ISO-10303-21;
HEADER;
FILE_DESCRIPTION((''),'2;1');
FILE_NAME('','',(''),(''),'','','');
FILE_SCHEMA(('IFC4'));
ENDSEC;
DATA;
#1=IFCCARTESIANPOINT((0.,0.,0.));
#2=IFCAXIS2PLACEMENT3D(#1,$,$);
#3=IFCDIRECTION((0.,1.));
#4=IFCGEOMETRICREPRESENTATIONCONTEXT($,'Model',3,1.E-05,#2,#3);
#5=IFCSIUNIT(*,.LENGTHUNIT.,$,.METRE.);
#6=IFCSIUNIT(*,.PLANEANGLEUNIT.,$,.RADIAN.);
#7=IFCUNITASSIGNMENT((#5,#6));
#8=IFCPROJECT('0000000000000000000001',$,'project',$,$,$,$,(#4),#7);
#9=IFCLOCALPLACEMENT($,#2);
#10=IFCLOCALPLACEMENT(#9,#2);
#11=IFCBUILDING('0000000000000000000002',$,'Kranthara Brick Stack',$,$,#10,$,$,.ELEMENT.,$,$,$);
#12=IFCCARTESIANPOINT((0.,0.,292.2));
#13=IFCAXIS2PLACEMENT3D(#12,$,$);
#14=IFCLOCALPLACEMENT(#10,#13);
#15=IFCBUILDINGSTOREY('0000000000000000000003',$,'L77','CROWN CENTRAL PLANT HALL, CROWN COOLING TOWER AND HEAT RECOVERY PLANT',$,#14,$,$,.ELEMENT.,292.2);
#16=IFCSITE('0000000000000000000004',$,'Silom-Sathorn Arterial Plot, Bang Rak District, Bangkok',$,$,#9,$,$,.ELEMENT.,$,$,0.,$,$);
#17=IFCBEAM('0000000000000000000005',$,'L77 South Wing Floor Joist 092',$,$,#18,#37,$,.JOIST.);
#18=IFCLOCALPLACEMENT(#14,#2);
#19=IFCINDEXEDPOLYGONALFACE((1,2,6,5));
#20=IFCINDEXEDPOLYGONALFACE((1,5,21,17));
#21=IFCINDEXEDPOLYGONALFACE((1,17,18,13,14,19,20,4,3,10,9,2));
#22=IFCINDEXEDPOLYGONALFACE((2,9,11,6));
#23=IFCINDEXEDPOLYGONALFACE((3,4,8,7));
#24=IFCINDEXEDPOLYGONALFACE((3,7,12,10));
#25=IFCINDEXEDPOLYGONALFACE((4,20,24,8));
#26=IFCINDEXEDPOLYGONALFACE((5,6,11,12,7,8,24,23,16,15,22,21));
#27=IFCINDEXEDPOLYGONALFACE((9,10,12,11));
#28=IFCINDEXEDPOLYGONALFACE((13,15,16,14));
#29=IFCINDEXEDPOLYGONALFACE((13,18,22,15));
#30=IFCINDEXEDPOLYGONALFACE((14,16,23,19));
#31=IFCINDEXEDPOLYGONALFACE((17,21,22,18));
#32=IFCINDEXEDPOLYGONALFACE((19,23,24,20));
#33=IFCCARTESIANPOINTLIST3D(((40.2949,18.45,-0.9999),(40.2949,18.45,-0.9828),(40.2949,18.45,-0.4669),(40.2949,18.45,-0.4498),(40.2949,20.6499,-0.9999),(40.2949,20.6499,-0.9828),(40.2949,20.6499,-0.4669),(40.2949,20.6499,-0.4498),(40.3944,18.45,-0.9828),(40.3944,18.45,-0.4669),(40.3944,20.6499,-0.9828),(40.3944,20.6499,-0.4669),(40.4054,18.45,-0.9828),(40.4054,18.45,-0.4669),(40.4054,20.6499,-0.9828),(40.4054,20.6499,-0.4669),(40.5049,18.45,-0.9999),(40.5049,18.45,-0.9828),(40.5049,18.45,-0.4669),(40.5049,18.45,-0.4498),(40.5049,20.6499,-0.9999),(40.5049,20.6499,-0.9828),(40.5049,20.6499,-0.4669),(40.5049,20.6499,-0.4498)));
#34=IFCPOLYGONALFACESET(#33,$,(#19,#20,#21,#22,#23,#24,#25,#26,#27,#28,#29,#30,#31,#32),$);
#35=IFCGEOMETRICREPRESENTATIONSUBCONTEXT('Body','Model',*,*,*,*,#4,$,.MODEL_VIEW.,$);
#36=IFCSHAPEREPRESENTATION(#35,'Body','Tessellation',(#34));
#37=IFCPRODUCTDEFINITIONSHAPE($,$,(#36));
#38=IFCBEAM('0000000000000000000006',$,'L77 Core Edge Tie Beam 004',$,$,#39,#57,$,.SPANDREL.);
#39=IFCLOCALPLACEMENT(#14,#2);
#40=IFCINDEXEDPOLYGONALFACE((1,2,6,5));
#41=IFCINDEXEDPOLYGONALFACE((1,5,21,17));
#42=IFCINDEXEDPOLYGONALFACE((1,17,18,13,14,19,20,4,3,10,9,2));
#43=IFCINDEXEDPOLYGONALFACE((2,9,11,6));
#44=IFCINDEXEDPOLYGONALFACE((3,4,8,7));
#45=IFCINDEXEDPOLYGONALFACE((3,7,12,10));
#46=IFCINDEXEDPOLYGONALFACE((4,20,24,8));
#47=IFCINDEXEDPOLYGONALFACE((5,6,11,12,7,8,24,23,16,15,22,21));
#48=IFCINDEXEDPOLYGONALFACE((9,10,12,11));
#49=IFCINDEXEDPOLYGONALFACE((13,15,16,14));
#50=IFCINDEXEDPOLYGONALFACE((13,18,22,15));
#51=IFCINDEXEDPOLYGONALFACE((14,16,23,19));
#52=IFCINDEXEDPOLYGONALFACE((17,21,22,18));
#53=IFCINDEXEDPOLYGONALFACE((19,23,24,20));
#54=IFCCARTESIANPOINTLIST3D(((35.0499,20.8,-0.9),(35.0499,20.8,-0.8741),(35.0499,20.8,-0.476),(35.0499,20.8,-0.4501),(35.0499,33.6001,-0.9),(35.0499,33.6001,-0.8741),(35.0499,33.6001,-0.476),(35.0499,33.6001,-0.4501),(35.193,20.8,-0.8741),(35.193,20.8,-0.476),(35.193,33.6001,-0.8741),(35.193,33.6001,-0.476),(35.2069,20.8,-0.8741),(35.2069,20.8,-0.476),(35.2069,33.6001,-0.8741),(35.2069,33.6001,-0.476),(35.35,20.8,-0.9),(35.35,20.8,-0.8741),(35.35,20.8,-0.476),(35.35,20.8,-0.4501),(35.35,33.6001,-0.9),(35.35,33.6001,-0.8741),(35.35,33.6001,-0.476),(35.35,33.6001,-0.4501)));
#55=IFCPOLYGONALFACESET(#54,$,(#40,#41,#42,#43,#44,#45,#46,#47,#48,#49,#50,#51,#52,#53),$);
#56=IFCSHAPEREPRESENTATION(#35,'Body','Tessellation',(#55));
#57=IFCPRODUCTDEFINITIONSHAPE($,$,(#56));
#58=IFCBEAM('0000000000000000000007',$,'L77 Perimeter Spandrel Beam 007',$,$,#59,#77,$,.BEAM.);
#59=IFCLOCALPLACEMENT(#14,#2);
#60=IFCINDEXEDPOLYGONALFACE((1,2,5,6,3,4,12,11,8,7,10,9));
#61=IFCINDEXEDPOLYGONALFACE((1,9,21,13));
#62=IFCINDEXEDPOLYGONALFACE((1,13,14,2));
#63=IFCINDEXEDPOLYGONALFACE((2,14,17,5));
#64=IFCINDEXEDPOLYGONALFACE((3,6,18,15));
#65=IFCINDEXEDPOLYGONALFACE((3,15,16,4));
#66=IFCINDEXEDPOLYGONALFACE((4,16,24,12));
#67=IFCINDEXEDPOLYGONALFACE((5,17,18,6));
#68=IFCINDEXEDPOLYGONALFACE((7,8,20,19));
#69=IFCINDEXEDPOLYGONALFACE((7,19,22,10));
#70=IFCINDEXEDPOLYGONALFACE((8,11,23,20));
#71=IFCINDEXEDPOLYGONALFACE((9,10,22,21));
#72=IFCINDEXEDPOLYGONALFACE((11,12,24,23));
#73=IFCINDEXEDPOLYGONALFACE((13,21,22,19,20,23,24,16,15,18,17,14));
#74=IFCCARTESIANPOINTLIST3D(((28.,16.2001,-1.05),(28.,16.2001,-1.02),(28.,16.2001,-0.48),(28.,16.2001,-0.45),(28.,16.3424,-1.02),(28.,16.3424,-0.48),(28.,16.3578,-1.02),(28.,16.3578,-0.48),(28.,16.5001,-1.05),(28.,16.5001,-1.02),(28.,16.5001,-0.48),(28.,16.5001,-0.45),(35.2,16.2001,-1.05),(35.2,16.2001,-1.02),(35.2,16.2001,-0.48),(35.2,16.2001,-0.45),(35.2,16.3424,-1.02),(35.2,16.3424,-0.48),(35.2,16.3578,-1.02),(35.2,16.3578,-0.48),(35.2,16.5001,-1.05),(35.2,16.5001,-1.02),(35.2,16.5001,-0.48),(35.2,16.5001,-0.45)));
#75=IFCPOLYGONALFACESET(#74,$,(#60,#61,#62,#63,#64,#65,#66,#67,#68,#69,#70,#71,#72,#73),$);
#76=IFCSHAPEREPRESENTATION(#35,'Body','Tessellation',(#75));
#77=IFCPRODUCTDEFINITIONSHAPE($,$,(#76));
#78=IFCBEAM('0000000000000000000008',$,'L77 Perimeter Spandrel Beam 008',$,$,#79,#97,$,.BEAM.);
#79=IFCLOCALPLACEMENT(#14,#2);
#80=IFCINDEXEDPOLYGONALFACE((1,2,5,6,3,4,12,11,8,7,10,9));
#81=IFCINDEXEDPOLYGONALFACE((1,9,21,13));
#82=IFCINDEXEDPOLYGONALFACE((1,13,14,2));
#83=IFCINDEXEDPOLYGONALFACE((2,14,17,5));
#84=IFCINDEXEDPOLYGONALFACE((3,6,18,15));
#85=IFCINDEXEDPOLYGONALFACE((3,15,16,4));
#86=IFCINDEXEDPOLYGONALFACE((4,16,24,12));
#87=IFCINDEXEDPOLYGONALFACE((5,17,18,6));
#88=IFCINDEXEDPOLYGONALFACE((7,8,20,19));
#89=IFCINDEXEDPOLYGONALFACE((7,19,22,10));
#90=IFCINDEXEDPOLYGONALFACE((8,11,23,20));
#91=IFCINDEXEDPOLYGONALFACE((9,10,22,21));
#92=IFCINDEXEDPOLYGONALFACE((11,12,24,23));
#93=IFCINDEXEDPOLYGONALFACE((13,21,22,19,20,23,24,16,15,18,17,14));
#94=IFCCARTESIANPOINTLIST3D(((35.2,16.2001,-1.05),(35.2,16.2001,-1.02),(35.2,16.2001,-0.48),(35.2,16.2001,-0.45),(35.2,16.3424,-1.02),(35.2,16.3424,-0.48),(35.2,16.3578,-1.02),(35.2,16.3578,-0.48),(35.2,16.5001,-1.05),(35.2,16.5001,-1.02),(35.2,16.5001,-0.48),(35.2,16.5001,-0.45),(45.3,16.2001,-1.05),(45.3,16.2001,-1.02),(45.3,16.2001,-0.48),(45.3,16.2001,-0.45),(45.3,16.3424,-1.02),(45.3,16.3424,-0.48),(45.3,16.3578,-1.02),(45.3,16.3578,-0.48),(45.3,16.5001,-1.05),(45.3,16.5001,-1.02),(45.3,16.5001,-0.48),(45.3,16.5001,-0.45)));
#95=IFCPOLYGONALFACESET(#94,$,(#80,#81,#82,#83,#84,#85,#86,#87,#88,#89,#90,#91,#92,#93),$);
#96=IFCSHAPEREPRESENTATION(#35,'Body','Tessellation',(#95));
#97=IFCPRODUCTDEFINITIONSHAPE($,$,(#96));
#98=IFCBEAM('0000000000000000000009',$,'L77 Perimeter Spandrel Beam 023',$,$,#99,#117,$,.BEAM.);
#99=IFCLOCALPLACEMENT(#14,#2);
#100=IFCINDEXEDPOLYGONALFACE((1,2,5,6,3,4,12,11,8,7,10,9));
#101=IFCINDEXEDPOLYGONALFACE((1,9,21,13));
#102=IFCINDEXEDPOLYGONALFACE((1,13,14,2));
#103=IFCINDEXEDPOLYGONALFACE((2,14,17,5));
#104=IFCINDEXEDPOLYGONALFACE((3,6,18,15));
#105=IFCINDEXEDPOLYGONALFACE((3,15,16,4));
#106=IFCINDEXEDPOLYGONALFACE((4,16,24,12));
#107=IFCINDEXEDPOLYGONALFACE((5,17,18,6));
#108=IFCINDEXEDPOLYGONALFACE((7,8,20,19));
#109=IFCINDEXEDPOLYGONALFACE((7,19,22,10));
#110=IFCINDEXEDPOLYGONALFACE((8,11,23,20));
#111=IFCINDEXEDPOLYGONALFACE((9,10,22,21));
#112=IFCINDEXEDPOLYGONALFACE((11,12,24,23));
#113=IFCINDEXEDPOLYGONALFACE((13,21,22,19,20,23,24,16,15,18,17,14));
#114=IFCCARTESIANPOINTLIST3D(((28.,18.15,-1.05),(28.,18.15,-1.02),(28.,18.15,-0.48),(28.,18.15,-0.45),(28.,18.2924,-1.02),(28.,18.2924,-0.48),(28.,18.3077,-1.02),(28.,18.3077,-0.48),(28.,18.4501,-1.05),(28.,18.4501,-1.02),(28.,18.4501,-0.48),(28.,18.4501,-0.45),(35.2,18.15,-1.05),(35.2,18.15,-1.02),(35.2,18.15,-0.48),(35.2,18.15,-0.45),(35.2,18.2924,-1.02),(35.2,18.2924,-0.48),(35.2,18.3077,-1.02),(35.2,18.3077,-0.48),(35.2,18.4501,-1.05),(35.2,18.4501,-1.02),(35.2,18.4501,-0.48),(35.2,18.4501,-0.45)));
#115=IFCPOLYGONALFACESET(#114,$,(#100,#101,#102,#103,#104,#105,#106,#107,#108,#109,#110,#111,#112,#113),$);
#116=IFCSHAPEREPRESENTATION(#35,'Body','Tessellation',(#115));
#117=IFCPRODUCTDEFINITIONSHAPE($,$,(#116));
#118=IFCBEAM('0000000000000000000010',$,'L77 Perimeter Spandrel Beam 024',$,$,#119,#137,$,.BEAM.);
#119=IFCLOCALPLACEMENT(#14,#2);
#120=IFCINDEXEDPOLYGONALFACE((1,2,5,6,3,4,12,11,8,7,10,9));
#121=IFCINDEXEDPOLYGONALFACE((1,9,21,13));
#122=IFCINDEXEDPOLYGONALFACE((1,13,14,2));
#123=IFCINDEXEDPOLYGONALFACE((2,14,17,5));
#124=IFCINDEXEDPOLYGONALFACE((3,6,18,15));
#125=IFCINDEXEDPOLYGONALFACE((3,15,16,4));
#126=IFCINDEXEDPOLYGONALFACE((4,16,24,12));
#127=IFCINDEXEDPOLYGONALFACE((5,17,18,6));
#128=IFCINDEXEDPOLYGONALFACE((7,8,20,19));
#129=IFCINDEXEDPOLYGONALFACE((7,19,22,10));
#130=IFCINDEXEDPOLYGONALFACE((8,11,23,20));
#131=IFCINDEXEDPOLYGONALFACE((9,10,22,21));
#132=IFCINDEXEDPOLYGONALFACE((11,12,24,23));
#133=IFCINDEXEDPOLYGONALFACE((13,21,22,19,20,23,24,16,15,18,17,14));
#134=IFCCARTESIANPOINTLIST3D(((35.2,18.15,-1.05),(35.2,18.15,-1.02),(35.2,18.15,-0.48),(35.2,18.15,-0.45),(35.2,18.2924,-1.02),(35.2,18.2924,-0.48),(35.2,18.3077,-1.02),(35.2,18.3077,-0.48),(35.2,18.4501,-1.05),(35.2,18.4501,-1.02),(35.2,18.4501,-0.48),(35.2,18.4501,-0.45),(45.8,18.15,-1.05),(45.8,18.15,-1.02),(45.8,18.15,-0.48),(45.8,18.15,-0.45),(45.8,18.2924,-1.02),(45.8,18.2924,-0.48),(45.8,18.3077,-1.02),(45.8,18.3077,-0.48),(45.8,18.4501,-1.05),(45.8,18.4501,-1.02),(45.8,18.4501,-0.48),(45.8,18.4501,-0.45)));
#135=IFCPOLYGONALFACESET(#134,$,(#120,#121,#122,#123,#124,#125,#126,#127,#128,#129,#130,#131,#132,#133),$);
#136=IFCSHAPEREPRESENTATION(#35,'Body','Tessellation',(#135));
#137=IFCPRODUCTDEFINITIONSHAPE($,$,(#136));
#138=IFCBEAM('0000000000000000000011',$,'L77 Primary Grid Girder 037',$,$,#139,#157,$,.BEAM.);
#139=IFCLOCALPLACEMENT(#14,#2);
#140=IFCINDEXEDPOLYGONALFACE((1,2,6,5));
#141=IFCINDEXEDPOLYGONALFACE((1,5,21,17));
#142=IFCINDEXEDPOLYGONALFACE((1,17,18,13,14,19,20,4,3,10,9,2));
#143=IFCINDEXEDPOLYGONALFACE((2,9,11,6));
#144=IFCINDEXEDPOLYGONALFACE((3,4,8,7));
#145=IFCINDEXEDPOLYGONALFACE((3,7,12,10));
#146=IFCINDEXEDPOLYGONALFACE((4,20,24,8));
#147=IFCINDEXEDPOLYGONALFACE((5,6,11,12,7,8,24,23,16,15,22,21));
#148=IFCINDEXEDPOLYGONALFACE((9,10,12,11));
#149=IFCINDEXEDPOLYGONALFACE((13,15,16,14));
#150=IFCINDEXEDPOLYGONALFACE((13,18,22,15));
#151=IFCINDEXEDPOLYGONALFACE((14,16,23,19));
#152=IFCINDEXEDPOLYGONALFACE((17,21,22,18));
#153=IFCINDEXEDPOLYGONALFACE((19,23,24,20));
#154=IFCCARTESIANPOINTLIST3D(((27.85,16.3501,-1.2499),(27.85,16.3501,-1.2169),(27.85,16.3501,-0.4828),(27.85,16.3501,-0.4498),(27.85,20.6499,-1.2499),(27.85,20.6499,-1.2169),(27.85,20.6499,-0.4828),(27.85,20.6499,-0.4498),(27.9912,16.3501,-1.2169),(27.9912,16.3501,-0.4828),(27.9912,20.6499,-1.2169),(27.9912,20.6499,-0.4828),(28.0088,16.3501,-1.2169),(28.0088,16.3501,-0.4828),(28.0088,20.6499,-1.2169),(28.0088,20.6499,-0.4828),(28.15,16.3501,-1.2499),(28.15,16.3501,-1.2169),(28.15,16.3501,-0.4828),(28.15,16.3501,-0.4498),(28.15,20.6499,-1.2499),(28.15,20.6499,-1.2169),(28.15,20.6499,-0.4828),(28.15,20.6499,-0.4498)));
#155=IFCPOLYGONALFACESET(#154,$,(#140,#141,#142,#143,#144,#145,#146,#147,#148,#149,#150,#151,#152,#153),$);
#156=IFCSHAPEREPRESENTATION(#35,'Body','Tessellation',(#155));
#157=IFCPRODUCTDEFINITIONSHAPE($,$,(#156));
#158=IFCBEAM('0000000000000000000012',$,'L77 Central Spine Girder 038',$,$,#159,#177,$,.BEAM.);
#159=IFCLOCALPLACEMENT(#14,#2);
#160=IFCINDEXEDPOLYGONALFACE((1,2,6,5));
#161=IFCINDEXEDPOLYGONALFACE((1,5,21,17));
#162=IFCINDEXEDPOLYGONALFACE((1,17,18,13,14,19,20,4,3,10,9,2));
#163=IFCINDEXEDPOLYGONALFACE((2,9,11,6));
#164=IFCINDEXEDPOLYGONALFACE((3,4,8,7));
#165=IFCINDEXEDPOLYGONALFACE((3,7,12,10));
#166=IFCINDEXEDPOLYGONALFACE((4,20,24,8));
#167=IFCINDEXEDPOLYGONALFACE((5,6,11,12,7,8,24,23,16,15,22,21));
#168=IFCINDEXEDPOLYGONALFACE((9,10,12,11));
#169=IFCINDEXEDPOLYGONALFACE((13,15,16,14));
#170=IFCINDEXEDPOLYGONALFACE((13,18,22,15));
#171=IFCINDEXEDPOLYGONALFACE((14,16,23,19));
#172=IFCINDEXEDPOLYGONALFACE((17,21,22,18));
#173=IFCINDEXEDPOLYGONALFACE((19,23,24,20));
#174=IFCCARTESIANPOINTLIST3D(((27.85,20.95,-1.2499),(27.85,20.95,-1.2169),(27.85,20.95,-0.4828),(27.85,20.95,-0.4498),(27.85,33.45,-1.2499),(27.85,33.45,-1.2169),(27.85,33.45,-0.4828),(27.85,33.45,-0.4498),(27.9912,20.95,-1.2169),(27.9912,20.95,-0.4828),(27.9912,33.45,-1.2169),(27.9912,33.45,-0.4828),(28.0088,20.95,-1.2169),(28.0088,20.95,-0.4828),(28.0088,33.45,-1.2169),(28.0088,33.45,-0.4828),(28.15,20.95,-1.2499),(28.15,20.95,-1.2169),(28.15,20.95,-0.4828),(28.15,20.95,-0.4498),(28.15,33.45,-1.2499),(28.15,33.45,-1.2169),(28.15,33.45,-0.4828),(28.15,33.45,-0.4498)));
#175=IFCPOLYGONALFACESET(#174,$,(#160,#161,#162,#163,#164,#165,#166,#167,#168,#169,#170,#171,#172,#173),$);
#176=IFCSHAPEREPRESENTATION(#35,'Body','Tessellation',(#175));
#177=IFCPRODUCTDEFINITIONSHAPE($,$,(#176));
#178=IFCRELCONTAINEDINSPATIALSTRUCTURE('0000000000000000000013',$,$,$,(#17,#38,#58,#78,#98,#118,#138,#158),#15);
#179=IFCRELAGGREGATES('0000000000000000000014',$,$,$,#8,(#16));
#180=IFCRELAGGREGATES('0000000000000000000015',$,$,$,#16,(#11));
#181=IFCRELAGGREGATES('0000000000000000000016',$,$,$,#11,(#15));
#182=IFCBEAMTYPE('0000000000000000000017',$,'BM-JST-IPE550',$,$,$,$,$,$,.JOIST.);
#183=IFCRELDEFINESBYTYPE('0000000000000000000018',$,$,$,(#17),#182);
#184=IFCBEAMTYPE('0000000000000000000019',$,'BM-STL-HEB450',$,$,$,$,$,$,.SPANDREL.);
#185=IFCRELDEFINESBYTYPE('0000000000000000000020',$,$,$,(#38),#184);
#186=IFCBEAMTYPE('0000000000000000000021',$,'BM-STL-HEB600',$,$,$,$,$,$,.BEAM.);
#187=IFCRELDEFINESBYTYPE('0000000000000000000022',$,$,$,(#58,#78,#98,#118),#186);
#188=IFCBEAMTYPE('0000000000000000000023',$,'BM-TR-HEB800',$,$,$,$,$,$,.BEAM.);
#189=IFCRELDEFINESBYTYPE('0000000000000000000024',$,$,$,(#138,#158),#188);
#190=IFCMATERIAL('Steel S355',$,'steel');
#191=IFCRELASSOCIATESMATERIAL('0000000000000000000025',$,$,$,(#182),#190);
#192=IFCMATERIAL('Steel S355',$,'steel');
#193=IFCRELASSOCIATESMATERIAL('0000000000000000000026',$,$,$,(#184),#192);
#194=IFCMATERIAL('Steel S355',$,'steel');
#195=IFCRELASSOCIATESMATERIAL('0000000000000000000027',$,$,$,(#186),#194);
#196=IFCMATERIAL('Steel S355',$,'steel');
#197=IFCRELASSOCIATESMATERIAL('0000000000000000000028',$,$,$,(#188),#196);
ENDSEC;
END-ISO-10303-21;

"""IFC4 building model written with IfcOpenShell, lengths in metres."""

from ifc_helpers import new_model, si_unit, direction, frame, origin, origin_2d, place, context, subcontext, project, spatial, i_section, extrude, material, material_profile, profile_set, type_object, element, save


model = new_model("IFC4")

# Units and contexts
model_context = context("Model", 3, precision=1e-05, world=origin(), true_north=direction((0.0, 1.0)))
body_context = subcontext(model_context, "Body", "Model", "MODEL_VIEW")
ifc_project = project(units=[si_unit("LENGTHUNIT", "METRE"), si_unit("PLANEANGLEUNIT", "RADIAN")], contexts=[model_context])

# Site, building, storey
site_placement = place(None, origin())
site = spatial("IfcSite", under=ifc_project, at=site_placement, Name="Silom-Sathorn Arterial Plot, Bang Rak District, Bangkok", CompositionType="ELEMENT", RefElevation=0.0)
building_placement = place(site_placement, origin())
building = spatial("IfcBuilding", under=site, at=building_placement, Name="Kranthara Brick Stack", CompositionType="ELEMENT")
storey_placement = place(building_placement, frame((0.0, 0.0, 292.2)))
storey = spatial("IfcBuildingStorey", under=building, at=storey_placement, Name="L77", Description="CROWN CENTRAL PLANT HALL, CROWN COOLING TOWER AND HEAT RECOVERY PLANT", CompositionType="ELEMENT", Elevation=292.2)

# Beams
ifc_material_1 = material(Name="Steel S355", Category="steel")
ifc_material_profile_1 = material_profile(ifc_material_1, i_section(OverallWidth=0.21, OverallDepth=0.55, WebThickness=0.011, FlangeThickness=0.0171, at=origin_2d()), Name="IPE 550")
ifc_profile_set_1 = profile_set([ifc_material_profile_1], Name="Steel S355")
beam_type_1 = type_object("IfcBeamType", Name="BM-JST-IPE550", PredefinedType="JOIST", material=ifc_profile_set_1)
for number, where, z_axis, x_axis, name in (
    (1, (40.3999, 18.45, -0.7249), (0.0, 1.0, 0.0), (-1.0, 0.0, 0.0), "L77 South Wing Floor Joist 092"),
):
    element("IfcBeam", number, at=place(storey_placement, frame(where, z_axis=z_axis, x_axis=x_axis)), inside=storey, type_object=beam_type_1, Name=name, PredefinedType="JOIST", context=body_context, shape_type="SweptSolid", body=[
        extrude(i_section(OverallWidth=0.21, OverallDepth=0.55, WebThickness=0.011, FlangeThickness=0.0171, at=origin_2d()), origin(), (0.0, 0.0, 1.0), 2.2),
    ])
ifc_material_2 = material(Name="Steel S355", Category="steel")
ifc_material_profile_2 = material_profile(ifc_material_2, i_section(OverallWidth=0.3, OverallDepth=0.45, WebThickness=0.0139, FlangeThickness=0.0259, at=origin_2d()), Name="HEB 450")
ifc_profile_set_2 = profile_set([ifc_material_profile_2], Name="Steel S355")
beam_type_2 = type_object("IfcBeamType", Name="BM-STL-HEB450", PredefinedType="SPANDREL", material=ifc_profile_set_2)
beam_1_placement = place(storey_placement, frame((35.2, 20.8, -0.675), z_axis=(0.0, 1.0, 0.0), x_axis=(-1.0, 0.0, 0.0)))
element("IfcBeam", 2, at=beam_1_placement, inside=storey, type_object=beam_type_2, Name="L77 Core Edge Tie Beam 004", PredefinedType="SPANDREL", context=body_context, shape_type="SweptSolid", body=[
    extrude(i_section(OverallWidth=0.3, OverallDepth=0.45, WebThickness=0.0139, FlangeThickness=0.0259, at=origin_2d()), origin(), (0.0, 0.0, 1.0), 12.8),
])
ifc_material_3 = material(Name="Steel S355", Category="steel")
ifc_material_profile_3 = material_profile(ifc_material_3, i_section(OverallWidth=0.3, OverallDepth=0.6001, WebThickness=0.0154, FlangeThickness=0.03, at=origin_2d()), Name="HEB 600")
ifc_profile_set_3 = profile_set([ifc_material_profile_3], Name="Steel S355")
beam_type_3 = type_object("IfcBeamType", Name="BM-STL-HEB600", PredefinedType="BEAM", material=ifc_profile_set_3)
beam_2_placement = place(storey_placement, frame((28.0, 16.3501, -0.75), z_axis=(1.0, 0.0, 0.0), x_axis=(0.0, 1.0, 0.0)))
element("IfcBeam", 3, at=beam_2_placement, inside=storey, type_object=beam_type_3, Name="L77 Perimeter Spandrel Beam 007", PredefinedType="BEAM", context=body_context, shape_type="SweptSolid", body=[
    extrude(i_section(OverallWidth=0.3, OverallDepth=0.6001, WebThickness=0.0154, FlangeThickness=0.03, at=origin_2d()), origin(), (0.0, 0.0, 1.0), 7.2),
])
beam_3_placement = place(storey_placement, frame((35.2, 16.3501, -0.75), z_axis=(1.0, 0.0, 0.0), x_axis=(0.0, 1.0, 0.0)))
element("IfcBeam", 4, at=beam_3_placement, inside=storey, type_object=beam_type_3, Name="L77 Perimeter Spandrel Beam 008", PredefinedType="BEAM", context=body_context, shape_type="SweptSolid", body=[
    extrude(i_section(OverallWidth=0.3, OverallDepth=0.6001, WebThickness=0.0154, FlangeThickness=0.03, at=origin_2d()), origin(), (0.0, 0.0, 1.0), 10.1001),
])
beam_4_placement = place(storey_placement, frame((28.0, 18.3, -0.75), z_axis=(1.0, 0.0, 0.0), x_axis=(0.0, 1.0, 0.0)))
element("IfcBeam", 5, at=beam_4_placement, inside=storey, type_object=beam_type_3, Name="L77 Perimeter Spandrel Beam 023", PredefinedType="BEAM", context=body_context, shape_type="SweptSolid", body=[
    extrude(i_section(OverallWidth=0.3, OverallDepth=0.6001, WebThickness=0.0154, FlangeThickness=0.03, at=origin_2d()), origin(), (0.0, 0.0, 1.0), 7.2),
])
beam_5_placement = place(storey_placement, frame((35.2, 18.3, -0.75), z_axis=(1.0, 0.0, 0.0), x_axis=(0.0, 1.0, 0.0)))
element("IfcBeam", 6, at=beam_5_placement, inside=storey, type_object=beam_type_3, Name="L77 Perimeter Spandrel Beam 024", PredefinedType="BEAM", context=body_context, shape_type="SweptSolid", body=[
    extrude(i_section(OverallWidth=0.3, OverallDepth=0.6001, WebThickness=0.0154, FlangeThickness=0.03, at=origin_2d()), origin(), (0.0, 0.0, 1.0), 10.6001),
])
ifc_material_4 = material(Name="Steel S355", Category="steel")
ifc_material_profile_4 = material_profile(ifc_material_4, i_section(OverallWidth=0.3, OverallDepth=0.8, WebThickness=0.0176, FlangeThickness=0.033, at=origin_2d()), Name="HEB 800")
ifc_profile_set_4 = profile_set([ifc_material_profile_4], Name="Steel S355")
beam_type_4 = type_object("IfcBeamType", Name="BM-TR-HEB800", PredefinedType="BEAM", material=ifc_profile_set_4)
beam_6_placement = place(storey_placement, frame((28.0, 16.3501, -0.8499), z_axis=(0.0, 1.0, 0.0), x_axis=(-1.0, 0.0, 0.0)))
element("IfcBeam", 7, at=beam_6_placement, inside=storey, type_object=beam_type_4, Name="L77 Primary Grid Girder 037", PredefinedType="BEAM", context=body_context, shape_type="SweptSolid", body=[
    extrude(i_section(OverallWidth=0.3, OverallDepth=0.8, WebThickness=0.0176, FlangeThickness=0.033, at=origin_2d()), origin(), (0.0, 0.0, 1.0), 4.2998),
])
beam_7_placement = place(storey_placement, frame((28.0, 20.95, -0.8499), z_axis=(0.0, 1.0, 0.0), x_axis=(-1.0, 0.0, 0.0)))
element("IfcBeam", 8, at=beam_7_placement, inside=storey, type_object=beam_type_4, Name="L77 Central Spine Girder 038", PredefinedType="BEAM", context=body_context, shape_type="SweptSolid", body=[
    extrude(i_section(OverallWidth=0.3, OverallDepth=0.8, WebThickness=0.0176, FlangeThickness=0.033, at=origin_2d()), origin(), (0.0, 0.0, 1.0), 12.5),
])

save(model, "model.ifc")
